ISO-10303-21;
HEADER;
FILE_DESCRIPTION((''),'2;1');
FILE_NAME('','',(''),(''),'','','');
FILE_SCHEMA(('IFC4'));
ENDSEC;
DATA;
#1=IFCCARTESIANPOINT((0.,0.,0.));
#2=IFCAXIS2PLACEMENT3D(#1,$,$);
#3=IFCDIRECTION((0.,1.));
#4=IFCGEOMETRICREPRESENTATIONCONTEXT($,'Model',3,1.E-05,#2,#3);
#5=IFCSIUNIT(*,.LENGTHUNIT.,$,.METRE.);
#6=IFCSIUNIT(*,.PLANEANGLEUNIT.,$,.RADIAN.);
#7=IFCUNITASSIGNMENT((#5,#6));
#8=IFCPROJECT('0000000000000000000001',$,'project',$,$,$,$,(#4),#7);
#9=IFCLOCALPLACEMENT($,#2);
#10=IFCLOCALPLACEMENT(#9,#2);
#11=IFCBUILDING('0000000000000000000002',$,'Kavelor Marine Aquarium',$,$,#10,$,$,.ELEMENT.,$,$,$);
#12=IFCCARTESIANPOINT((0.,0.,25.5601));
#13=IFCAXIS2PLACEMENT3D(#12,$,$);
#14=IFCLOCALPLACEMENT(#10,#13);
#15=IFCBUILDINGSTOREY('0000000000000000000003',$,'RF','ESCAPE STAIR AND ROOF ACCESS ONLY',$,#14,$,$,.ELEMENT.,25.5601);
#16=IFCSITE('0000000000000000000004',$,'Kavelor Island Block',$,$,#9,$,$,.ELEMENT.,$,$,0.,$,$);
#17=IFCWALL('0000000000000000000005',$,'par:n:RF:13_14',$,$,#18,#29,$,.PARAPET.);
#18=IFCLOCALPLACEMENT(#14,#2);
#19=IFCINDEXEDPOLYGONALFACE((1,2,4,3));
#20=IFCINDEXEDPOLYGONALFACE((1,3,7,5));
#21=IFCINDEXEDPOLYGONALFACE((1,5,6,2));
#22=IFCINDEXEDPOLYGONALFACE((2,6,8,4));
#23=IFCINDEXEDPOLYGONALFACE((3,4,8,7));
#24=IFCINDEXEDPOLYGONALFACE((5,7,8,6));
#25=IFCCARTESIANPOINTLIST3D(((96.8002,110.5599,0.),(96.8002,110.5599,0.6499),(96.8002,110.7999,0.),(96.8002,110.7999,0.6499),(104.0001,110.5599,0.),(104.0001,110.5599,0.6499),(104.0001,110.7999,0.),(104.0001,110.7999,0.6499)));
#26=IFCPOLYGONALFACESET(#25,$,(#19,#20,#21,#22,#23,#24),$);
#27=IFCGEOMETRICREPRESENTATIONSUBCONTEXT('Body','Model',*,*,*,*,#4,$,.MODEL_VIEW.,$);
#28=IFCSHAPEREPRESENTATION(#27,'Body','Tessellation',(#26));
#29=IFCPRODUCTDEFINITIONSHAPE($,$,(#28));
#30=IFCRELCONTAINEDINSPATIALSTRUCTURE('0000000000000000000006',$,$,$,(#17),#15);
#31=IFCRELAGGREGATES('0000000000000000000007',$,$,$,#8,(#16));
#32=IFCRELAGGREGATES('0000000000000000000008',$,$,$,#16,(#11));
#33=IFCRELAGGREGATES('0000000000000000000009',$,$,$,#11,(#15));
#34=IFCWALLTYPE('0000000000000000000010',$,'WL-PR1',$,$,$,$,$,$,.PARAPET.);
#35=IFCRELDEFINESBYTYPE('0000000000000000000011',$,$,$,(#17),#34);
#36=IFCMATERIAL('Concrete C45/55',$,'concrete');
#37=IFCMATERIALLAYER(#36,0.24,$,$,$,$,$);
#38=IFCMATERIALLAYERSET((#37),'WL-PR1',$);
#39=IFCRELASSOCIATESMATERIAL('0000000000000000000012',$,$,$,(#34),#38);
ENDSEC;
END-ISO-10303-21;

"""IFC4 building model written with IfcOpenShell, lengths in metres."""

from ifc_helpers import new_model, si_unit, direction, frame, frame_2d, origin, place, context, subcontext, project, spatial, rectangle, extrude, material, layer, layer_set, type_object, element, save


model = new_model("IFC4")

# Units and contexts
model_context = context("Model", 3, precision=1e-05, world=origin(), true_north=direction((0.0, 1.0)))
body_context = subcontext(model_context, "Body", "Model", "MODEL_VIEW")
ifc_project = project(units=[si_unit("LENGTHUNIT", "METRE"), si_unit("PLANEANGLEUNIT", "RADIAN")], contexts=[model_context])

# Site, building, storey
site_placement = place(None, origin())
site = spatial("IfcSite", under=ifc_project, at=site_placement, Name="Kavelor Island Block", CompositionType="ELEMENT", RefElevation=0.0)
building_placement = place(site_placement, origin())
building = spatial("IfcBuilding", under=site, at=building_placement, Name="Kavelor Marine Aquarium", CompositionType="ELEMENT")
storey_placement = place(building_placement, frame((0.0, 0.0, 25.5601)))
storey = spatial("IfcBuildingStorey", under=building, at=storey_placement, Name="RF", Description="ESCAPE STAIR AND ROOF ACCESS ONLY", CompositionType="ELEMENT", Elevation=25.5601)

# Wall
ifc_material_1 = material(Name="Concrete C45/55", Category="concrete")
ifc_layer_1 = layer(ifc_material_1, 0.24)
ifc_layer_set_1 = layer_set([ifc_layer_1], Name="WL-PR1")
wall_type = type_object("IfcWallType", Name="WL-PR1", PredefinedType="PARAPET", material=ifc_layer_set_1)
wall_1_placement = place(storey_placement, frame((96.8, 110.6799, 0.0), z_axis=(0.0, 0.0, 1.0), x_axis=(1.0, 0.0, 0.0)))
element("IfcWall", 1, at=wall_1_placement, inside=storey, type_object=wall_type, Name="par:n:RF:13_14", PredefinedType="PARAPET", context=body_context, shape_type="SweptSolid", body=[
    extrude(rectangle(XDim=7.2, YDim=0.24, at=frame_2d((3.6001, 0.0))), origin(), (0.0, 0.0, 1.0), 0.6499),
])

save(model, "model.ifc")
